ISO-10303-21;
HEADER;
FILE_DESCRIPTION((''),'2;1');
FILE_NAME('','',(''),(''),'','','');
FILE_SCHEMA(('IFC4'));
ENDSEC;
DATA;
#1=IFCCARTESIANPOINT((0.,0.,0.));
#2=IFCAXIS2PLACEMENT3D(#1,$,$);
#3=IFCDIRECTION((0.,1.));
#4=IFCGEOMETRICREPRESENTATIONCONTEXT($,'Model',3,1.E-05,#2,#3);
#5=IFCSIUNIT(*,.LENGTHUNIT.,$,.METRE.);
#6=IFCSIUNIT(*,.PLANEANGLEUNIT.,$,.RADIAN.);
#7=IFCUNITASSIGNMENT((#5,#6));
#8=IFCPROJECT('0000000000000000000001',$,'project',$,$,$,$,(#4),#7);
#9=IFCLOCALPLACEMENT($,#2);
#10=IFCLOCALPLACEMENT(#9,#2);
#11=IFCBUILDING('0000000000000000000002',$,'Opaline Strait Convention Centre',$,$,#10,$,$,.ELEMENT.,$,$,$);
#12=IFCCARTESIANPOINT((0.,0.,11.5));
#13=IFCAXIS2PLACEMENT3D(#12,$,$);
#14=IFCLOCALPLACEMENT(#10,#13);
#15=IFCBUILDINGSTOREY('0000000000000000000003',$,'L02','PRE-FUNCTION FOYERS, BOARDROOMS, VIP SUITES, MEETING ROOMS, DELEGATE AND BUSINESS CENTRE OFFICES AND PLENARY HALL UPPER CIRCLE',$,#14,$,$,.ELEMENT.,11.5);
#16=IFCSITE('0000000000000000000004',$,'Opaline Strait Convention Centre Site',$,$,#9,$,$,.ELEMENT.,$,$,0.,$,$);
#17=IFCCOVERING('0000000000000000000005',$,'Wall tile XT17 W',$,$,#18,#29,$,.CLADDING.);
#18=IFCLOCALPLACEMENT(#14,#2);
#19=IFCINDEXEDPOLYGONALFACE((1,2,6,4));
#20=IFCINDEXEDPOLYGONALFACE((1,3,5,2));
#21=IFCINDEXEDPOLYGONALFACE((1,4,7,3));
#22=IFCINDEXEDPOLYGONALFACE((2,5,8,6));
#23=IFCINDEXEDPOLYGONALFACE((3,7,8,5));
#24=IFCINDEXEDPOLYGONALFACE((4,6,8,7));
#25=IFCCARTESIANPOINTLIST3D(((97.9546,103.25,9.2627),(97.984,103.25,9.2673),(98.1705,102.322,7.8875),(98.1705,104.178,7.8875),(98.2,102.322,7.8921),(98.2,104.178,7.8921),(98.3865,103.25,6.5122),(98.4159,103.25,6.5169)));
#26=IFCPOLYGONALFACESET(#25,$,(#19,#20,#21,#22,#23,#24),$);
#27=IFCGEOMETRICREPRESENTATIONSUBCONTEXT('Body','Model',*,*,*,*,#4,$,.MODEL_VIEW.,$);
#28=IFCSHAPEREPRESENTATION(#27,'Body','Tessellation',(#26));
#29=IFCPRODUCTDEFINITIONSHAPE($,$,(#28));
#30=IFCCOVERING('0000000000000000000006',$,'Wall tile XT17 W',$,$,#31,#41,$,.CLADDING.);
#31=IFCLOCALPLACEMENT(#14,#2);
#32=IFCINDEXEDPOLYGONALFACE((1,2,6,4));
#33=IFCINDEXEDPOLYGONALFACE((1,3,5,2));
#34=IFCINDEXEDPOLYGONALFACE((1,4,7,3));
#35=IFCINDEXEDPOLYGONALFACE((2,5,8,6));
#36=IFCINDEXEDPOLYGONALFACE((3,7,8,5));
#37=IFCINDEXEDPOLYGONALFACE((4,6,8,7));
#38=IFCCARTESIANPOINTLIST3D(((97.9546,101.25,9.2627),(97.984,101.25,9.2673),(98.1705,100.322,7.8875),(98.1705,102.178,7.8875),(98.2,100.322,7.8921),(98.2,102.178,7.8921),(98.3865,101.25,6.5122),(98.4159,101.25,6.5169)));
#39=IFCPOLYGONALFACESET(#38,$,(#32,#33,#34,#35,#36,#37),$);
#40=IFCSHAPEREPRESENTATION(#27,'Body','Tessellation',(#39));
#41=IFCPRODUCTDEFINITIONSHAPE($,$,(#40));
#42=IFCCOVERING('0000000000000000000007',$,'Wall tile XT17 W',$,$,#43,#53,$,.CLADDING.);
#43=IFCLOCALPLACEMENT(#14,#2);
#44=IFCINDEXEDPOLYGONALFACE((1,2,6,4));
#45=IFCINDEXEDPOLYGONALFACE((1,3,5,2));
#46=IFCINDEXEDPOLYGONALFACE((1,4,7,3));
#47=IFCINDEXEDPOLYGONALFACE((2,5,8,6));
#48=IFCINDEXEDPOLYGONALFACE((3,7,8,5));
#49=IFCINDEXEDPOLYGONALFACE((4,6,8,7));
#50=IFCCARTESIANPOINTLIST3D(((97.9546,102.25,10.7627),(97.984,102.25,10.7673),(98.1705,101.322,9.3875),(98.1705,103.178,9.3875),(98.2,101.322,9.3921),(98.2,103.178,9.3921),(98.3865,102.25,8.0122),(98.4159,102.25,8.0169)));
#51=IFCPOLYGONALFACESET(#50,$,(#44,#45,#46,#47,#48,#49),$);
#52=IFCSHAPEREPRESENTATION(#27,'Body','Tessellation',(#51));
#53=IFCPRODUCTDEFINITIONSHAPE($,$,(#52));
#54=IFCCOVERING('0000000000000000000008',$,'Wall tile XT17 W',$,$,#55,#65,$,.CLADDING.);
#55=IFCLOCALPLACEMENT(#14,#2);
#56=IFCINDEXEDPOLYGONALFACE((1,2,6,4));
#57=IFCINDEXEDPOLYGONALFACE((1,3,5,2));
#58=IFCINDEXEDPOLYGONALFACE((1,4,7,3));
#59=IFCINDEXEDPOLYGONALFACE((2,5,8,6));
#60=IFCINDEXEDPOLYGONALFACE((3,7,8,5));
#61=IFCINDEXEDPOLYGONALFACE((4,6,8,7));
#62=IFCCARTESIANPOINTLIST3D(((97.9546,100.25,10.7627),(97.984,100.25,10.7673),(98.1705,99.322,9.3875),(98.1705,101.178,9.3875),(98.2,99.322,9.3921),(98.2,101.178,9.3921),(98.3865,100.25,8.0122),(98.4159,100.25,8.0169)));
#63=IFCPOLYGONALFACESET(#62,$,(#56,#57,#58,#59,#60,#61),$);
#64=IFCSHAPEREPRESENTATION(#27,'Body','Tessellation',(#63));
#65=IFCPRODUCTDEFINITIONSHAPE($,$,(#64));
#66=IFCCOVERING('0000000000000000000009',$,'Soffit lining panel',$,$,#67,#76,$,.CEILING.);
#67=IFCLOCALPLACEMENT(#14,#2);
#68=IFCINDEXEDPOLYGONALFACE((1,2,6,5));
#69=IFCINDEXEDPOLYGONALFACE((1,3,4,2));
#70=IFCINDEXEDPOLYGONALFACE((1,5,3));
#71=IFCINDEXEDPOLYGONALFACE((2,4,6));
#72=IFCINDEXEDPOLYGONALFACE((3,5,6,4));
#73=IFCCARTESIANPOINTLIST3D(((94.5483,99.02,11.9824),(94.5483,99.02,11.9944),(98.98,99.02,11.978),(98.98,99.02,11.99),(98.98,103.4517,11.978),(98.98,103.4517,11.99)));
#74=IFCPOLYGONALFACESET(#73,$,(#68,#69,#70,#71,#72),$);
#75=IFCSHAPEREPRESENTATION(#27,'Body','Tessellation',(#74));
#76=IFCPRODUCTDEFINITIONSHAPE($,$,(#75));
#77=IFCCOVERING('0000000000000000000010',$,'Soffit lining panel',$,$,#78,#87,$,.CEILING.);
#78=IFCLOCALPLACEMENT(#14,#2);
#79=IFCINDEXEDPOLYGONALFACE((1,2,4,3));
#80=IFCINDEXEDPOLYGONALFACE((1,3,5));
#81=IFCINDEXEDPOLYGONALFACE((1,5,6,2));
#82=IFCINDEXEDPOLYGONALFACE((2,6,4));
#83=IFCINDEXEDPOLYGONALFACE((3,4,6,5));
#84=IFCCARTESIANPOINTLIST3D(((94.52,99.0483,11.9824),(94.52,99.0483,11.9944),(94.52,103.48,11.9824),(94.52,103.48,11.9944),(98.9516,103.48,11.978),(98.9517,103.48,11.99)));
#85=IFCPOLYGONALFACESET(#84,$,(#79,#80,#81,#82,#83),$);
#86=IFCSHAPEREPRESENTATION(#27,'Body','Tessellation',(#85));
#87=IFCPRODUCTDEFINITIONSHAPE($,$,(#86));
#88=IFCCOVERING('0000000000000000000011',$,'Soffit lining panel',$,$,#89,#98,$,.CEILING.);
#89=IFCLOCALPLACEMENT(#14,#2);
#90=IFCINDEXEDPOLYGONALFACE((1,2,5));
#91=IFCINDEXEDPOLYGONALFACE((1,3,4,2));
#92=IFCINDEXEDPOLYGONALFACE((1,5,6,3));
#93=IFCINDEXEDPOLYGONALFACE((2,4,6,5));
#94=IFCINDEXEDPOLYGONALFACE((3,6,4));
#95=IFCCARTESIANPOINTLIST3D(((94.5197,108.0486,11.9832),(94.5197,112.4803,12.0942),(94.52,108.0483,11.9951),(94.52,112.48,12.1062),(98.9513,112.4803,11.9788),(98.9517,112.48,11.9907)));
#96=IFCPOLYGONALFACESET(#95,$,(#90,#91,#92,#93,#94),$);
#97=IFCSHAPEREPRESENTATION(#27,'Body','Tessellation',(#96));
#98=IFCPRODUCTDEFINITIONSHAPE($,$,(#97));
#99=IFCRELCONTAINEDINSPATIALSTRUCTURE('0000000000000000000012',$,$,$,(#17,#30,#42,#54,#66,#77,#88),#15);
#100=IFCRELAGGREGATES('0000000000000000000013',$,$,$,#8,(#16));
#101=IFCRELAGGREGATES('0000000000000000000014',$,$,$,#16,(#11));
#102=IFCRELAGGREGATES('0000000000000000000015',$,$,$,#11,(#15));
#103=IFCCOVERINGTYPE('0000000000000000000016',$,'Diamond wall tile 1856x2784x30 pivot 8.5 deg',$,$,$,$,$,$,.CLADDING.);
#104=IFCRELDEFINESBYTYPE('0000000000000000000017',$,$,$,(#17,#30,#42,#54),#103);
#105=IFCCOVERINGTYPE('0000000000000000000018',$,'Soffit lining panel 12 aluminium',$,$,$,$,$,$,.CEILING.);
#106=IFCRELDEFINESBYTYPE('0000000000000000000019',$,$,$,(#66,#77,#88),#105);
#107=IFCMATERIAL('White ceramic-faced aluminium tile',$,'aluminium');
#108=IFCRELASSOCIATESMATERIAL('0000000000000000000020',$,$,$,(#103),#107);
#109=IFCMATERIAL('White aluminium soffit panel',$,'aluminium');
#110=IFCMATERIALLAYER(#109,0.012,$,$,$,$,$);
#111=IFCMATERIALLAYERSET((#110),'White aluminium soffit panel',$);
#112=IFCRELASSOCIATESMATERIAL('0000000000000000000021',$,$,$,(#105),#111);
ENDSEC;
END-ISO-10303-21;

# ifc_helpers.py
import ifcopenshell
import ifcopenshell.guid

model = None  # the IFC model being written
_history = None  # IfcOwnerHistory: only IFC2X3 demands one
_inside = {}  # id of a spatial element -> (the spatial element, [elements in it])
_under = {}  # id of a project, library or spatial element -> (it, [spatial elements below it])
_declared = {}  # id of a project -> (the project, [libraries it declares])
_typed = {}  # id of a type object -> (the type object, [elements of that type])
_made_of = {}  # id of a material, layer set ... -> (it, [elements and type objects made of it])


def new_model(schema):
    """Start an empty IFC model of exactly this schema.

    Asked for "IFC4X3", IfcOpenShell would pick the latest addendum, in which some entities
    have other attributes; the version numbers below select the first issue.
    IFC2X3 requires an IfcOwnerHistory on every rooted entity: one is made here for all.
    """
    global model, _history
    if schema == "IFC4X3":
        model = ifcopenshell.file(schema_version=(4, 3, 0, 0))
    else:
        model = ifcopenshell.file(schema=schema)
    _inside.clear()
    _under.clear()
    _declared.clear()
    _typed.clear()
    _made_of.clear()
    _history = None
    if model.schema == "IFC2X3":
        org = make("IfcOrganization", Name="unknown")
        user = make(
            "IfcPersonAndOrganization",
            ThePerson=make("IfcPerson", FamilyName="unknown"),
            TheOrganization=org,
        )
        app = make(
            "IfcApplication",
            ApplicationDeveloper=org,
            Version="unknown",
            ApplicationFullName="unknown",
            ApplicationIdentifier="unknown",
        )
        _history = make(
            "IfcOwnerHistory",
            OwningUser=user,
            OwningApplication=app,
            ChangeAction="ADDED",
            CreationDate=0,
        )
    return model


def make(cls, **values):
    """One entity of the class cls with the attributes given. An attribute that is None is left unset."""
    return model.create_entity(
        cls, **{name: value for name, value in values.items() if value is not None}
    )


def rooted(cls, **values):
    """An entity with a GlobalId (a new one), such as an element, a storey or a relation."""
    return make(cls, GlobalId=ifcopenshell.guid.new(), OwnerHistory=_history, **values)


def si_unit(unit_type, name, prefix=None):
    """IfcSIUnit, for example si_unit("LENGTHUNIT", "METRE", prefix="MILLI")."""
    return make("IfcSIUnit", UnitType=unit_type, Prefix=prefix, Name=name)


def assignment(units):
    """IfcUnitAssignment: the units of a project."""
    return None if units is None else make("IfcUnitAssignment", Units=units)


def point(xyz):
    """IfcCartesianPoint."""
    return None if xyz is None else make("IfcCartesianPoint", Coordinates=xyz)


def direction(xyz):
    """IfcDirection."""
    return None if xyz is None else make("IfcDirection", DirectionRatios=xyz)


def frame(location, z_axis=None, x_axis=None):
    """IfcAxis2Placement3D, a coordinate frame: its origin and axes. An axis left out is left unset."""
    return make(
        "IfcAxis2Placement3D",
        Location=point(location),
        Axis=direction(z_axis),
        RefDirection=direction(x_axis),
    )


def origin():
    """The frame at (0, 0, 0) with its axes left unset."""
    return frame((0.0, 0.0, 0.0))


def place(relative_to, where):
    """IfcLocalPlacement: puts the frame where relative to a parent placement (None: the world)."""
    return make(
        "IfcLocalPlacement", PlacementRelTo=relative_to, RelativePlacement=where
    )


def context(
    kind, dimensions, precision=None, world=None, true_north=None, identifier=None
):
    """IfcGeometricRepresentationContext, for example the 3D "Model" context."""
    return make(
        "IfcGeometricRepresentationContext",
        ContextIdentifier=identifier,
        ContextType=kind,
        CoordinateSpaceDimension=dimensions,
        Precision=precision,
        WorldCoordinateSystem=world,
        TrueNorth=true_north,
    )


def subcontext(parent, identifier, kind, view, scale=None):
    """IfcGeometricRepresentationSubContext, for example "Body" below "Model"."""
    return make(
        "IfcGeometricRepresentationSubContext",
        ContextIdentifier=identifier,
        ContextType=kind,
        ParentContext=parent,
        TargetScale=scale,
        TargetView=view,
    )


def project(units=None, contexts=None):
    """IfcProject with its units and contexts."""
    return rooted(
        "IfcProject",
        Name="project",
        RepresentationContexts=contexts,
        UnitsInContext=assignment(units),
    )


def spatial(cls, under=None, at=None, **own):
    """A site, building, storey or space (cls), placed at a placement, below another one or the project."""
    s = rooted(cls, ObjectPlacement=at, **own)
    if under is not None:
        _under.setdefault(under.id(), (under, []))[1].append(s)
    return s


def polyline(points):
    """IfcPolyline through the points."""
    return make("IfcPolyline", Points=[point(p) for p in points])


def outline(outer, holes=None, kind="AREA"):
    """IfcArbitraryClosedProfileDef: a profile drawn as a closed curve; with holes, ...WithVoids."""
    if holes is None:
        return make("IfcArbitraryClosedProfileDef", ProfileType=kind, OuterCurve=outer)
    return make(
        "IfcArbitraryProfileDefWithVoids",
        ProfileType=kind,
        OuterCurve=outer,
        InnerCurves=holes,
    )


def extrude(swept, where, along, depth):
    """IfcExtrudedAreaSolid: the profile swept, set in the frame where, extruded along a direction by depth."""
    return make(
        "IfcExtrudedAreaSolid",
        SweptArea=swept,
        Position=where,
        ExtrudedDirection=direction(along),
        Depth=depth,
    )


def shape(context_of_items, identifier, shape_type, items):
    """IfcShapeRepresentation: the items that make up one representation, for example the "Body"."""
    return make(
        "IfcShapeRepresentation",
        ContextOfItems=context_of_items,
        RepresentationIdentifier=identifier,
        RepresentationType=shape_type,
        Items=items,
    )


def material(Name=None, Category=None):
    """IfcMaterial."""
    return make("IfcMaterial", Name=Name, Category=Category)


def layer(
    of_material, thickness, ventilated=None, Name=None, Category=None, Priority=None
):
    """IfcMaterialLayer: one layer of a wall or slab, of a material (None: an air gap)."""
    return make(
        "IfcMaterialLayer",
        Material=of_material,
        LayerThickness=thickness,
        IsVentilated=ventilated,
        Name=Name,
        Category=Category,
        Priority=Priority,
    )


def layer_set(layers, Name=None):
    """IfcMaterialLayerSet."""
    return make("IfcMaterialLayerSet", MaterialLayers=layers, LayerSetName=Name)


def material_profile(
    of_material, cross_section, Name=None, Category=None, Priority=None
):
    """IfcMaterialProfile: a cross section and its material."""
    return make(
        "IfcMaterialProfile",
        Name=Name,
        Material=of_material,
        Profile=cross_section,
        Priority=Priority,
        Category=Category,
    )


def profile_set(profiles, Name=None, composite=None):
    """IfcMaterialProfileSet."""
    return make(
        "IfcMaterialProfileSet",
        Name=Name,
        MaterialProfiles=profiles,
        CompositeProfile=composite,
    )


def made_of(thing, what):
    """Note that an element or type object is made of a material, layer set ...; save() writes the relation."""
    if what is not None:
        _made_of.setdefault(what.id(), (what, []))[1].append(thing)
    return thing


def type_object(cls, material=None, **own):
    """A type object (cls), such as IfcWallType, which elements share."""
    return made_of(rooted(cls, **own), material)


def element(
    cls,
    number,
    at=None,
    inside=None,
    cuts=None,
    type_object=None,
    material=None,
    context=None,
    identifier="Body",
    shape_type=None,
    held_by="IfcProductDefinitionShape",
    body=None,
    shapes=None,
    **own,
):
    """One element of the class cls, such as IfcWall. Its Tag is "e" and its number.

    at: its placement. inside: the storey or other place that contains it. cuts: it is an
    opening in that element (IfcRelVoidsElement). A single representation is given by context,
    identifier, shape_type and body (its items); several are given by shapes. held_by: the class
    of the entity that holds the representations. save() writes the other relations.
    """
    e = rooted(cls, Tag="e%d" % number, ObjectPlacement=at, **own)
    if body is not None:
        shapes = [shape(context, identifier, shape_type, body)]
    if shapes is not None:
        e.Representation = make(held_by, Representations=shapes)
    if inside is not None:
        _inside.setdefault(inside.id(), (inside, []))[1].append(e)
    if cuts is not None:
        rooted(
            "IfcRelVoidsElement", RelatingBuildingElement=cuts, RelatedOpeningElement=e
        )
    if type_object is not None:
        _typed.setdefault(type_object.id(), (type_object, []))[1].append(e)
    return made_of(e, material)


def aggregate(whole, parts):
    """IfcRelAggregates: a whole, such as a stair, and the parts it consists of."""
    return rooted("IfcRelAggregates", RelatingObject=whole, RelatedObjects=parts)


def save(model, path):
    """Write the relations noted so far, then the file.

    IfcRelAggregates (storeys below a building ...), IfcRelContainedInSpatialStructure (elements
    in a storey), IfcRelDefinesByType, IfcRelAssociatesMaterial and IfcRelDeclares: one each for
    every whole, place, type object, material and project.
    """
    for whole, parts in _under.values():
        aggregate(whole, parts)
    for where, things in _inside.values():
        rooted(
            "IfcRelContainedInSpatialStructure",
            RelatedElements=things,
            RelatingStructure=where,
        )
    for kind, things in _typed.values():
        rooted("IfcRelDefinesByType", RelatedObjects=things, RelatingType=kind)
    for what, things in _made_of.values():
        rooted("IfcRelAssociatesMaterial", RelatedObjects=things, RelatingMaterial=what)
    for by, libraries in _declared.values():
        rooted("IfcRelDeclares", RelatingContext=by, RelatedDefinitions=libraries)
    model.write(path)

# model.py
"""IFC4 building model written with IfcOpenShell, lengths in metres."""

from ifc_helpers import new_model, si_unit, direction, frame, origin, place, context, subcontext, project, spatial, polyline, outline, extrude, material, layer, layer_set, material_profile, profile_set, type_object, element, save


model = new_model("IFC4")

# Units and contexts
model_context = context("Model", 3, precision=1e-05, world=origin(), true_north=direction((0.0, 1.0)))
body_context = subcontext(model_context, "Body", "Model", "MODEL_VIEW")
ifc_project = project(units=[si_unit("LENGTHUNIT", "METRE"), si_unit("PLANEANGLEUNIT", "RADIAN")], contexts=[model_context])

# Site, building, storey
site_placement = place(None, origin())
site = spatial("IfcSite", under=ifc_project, at=site_placement, Name="Opaline Strait Convention Centre Site", CompositionType="ELEMENT", RefElevation=0.0)
building_placement = place(site_placement, origin())
building = spatial("IfcBuilding", under=site, at=building_placement, Name="Opaline Strait Convention Centre", CompositionType="ELEMENT")
storey_placement = place(building_placement, frame((0.0, 0.0, 11.5)))
storey = spatial("IfcBuildingStorey", under=building, at=storey_placement, Name="L02", Description="PRE-FUNCTION FOYERS, BOARDROOMS, VIP SUITES, MEETING ROOMS, DELEGATE AND BUSINESS CENTRE OFFICES AND PLENARY HALL UPPER CIRCLE", CompositionType="ELEMENT", Elevation=11.5)

# Coverings
ifc_material_1 = material(Name="White ceramic-faced aluminium tile", Category="aluminium")
ifc_material_profile_1 = material_profile(ifc_material_1, outline(polyline([(0.928, 0.0), (0.0, 1.3921), (-0.928, 0.0), (0.0, -1.3921), (0.928, 0.0)])), Name="Diamond tile 1856x2784")
ifc_profile_set_1 = profile_set([ifc_material_profile_1], Name="White ceramic-faced aluminium tile")
covering_type_1 = type_object("IfcCoveringType", Name="Diamond wall tile 1856x2784x30 pivot 8.5 deg", PredefinedType="CLADDING", material=ifc_profile_set_1)
for number, where, z_axis, x_axis, name in (
    (1, (98.2, 103.25, 7.8921), (-0.987895, 0.0, -0.155124), (0.0, -1.0, 0.0), "Wall tile XT17 W"),
    (2, (98.2, 101.25, 7.8921), (-0.987895, 0.0, -0.155124), (0.0, -1.0, 0.0), "Wall tile XT17 W"),
    (3, (98.2, 102.25, 9.3921), (-0.987895, 0.0, -0.155124), (0.0, -1.0, 0.0), "Wall tile XT17 W"),
    (4, (98.2, 100.25, 9.3921), (-0.987895, 0.0, -0.155124), (0.0, -1.0, 0.0), "Wall tile XT17 W"),
):
    element("IfcCovering", number, at=place(storey_placement, frame(where, z_axis=z_axis, x_axis=x_axis)), inside=storey, type_object=covering_type_1, Name=name, PredefinedType="CLADDING", context=body_context, shape_type="SweptSolid", body=[
        extrude(outline(polyline([(0.928, 0.0), (0.0, 1.3921), (-0.928, 0.0), (0.0, -1.3921), (0.928, 0.0)])), origin(), (0.0, 0.0, 1.0), 0.0298),
    ])
ifc_material_2 = material(Name="White aluminium soffit panel", Category="aluminium")
ifc_layer = layer(ifc_material_2, 0.012)
ifc_layer_set = layer_set([ifc_layer], Name="White aluminium soffit panel")
covering_type_2 = type_object("IfcCoveringType", Name="Soffit lining panel 12 aluminium", PredefinedType="CEILING", material=ifc_layer_set)
covering_1_placement = place(storey_placement, frame((94.5483, 99.02, 11.9944), z_axis=(0.000992, 0.0, 1.0), x_axis=(0.707107, 0.707107, -0.000701)))
element("IfcCovering", 5, at=covering_1_placement, inside=storey, type_object=covering_type_2, Name="Soffit lining panel", PredefinedType="CEILING", context=body_context, shape_type="SweptSolid", body=[
    extrude(outline(polyline([(0.0, 0.0), (6.2673, 0.0), (3.1336, -3.1336), (0.0, 0.0)])), origin(), (0.0, 0.0, -1.0), 0.012),
])
covering_2_placement = place(storey_placement, frame((94.52, 99.0483, 11.9944), z_axis=(0.000992, 0.0, 1.0), x_axis=(0.0, 1.0, 0.0)))
element("IfcCovering", 6, at=covering_2_placement, inside=storey, type_object=covering_type_2, Name="Soffit lining panel", PredefinedType="CEILING", context=body_context, shape_type="SweptSolid", body=[
    extrude(outline(polyline([(0.0, 0.0), (4.4316, 0.0), (4.4316, -4.4316), (0.0, 0.0)])), origin(), (0.0, 0.0, -1.0), 0.012),
])
covering_3_placement = place(storey_placement, frame((94.52, 108.0483, 11.9951), z_axis=(0.026041, -0.02505, 0.999347), x_axis=(0.0, 0.999686, 0.025058)))
element("IfcCovering", 7, at=covering_3_placement, inside=storey, type_object=covering_type_2, Name="Soffit lining panel", PredefinedType="CEILING", context=body_context, shape_type="SweptSolid", body=[
    extrude(outline(polyline([(0.0, 0.0), (4.433, 0.0), (4.4301, -4.4331), (0.0, 0.0)])), origin(), (0.0, 0.0, -1.0), 0.012),
])

save(model, "model.ifc")
